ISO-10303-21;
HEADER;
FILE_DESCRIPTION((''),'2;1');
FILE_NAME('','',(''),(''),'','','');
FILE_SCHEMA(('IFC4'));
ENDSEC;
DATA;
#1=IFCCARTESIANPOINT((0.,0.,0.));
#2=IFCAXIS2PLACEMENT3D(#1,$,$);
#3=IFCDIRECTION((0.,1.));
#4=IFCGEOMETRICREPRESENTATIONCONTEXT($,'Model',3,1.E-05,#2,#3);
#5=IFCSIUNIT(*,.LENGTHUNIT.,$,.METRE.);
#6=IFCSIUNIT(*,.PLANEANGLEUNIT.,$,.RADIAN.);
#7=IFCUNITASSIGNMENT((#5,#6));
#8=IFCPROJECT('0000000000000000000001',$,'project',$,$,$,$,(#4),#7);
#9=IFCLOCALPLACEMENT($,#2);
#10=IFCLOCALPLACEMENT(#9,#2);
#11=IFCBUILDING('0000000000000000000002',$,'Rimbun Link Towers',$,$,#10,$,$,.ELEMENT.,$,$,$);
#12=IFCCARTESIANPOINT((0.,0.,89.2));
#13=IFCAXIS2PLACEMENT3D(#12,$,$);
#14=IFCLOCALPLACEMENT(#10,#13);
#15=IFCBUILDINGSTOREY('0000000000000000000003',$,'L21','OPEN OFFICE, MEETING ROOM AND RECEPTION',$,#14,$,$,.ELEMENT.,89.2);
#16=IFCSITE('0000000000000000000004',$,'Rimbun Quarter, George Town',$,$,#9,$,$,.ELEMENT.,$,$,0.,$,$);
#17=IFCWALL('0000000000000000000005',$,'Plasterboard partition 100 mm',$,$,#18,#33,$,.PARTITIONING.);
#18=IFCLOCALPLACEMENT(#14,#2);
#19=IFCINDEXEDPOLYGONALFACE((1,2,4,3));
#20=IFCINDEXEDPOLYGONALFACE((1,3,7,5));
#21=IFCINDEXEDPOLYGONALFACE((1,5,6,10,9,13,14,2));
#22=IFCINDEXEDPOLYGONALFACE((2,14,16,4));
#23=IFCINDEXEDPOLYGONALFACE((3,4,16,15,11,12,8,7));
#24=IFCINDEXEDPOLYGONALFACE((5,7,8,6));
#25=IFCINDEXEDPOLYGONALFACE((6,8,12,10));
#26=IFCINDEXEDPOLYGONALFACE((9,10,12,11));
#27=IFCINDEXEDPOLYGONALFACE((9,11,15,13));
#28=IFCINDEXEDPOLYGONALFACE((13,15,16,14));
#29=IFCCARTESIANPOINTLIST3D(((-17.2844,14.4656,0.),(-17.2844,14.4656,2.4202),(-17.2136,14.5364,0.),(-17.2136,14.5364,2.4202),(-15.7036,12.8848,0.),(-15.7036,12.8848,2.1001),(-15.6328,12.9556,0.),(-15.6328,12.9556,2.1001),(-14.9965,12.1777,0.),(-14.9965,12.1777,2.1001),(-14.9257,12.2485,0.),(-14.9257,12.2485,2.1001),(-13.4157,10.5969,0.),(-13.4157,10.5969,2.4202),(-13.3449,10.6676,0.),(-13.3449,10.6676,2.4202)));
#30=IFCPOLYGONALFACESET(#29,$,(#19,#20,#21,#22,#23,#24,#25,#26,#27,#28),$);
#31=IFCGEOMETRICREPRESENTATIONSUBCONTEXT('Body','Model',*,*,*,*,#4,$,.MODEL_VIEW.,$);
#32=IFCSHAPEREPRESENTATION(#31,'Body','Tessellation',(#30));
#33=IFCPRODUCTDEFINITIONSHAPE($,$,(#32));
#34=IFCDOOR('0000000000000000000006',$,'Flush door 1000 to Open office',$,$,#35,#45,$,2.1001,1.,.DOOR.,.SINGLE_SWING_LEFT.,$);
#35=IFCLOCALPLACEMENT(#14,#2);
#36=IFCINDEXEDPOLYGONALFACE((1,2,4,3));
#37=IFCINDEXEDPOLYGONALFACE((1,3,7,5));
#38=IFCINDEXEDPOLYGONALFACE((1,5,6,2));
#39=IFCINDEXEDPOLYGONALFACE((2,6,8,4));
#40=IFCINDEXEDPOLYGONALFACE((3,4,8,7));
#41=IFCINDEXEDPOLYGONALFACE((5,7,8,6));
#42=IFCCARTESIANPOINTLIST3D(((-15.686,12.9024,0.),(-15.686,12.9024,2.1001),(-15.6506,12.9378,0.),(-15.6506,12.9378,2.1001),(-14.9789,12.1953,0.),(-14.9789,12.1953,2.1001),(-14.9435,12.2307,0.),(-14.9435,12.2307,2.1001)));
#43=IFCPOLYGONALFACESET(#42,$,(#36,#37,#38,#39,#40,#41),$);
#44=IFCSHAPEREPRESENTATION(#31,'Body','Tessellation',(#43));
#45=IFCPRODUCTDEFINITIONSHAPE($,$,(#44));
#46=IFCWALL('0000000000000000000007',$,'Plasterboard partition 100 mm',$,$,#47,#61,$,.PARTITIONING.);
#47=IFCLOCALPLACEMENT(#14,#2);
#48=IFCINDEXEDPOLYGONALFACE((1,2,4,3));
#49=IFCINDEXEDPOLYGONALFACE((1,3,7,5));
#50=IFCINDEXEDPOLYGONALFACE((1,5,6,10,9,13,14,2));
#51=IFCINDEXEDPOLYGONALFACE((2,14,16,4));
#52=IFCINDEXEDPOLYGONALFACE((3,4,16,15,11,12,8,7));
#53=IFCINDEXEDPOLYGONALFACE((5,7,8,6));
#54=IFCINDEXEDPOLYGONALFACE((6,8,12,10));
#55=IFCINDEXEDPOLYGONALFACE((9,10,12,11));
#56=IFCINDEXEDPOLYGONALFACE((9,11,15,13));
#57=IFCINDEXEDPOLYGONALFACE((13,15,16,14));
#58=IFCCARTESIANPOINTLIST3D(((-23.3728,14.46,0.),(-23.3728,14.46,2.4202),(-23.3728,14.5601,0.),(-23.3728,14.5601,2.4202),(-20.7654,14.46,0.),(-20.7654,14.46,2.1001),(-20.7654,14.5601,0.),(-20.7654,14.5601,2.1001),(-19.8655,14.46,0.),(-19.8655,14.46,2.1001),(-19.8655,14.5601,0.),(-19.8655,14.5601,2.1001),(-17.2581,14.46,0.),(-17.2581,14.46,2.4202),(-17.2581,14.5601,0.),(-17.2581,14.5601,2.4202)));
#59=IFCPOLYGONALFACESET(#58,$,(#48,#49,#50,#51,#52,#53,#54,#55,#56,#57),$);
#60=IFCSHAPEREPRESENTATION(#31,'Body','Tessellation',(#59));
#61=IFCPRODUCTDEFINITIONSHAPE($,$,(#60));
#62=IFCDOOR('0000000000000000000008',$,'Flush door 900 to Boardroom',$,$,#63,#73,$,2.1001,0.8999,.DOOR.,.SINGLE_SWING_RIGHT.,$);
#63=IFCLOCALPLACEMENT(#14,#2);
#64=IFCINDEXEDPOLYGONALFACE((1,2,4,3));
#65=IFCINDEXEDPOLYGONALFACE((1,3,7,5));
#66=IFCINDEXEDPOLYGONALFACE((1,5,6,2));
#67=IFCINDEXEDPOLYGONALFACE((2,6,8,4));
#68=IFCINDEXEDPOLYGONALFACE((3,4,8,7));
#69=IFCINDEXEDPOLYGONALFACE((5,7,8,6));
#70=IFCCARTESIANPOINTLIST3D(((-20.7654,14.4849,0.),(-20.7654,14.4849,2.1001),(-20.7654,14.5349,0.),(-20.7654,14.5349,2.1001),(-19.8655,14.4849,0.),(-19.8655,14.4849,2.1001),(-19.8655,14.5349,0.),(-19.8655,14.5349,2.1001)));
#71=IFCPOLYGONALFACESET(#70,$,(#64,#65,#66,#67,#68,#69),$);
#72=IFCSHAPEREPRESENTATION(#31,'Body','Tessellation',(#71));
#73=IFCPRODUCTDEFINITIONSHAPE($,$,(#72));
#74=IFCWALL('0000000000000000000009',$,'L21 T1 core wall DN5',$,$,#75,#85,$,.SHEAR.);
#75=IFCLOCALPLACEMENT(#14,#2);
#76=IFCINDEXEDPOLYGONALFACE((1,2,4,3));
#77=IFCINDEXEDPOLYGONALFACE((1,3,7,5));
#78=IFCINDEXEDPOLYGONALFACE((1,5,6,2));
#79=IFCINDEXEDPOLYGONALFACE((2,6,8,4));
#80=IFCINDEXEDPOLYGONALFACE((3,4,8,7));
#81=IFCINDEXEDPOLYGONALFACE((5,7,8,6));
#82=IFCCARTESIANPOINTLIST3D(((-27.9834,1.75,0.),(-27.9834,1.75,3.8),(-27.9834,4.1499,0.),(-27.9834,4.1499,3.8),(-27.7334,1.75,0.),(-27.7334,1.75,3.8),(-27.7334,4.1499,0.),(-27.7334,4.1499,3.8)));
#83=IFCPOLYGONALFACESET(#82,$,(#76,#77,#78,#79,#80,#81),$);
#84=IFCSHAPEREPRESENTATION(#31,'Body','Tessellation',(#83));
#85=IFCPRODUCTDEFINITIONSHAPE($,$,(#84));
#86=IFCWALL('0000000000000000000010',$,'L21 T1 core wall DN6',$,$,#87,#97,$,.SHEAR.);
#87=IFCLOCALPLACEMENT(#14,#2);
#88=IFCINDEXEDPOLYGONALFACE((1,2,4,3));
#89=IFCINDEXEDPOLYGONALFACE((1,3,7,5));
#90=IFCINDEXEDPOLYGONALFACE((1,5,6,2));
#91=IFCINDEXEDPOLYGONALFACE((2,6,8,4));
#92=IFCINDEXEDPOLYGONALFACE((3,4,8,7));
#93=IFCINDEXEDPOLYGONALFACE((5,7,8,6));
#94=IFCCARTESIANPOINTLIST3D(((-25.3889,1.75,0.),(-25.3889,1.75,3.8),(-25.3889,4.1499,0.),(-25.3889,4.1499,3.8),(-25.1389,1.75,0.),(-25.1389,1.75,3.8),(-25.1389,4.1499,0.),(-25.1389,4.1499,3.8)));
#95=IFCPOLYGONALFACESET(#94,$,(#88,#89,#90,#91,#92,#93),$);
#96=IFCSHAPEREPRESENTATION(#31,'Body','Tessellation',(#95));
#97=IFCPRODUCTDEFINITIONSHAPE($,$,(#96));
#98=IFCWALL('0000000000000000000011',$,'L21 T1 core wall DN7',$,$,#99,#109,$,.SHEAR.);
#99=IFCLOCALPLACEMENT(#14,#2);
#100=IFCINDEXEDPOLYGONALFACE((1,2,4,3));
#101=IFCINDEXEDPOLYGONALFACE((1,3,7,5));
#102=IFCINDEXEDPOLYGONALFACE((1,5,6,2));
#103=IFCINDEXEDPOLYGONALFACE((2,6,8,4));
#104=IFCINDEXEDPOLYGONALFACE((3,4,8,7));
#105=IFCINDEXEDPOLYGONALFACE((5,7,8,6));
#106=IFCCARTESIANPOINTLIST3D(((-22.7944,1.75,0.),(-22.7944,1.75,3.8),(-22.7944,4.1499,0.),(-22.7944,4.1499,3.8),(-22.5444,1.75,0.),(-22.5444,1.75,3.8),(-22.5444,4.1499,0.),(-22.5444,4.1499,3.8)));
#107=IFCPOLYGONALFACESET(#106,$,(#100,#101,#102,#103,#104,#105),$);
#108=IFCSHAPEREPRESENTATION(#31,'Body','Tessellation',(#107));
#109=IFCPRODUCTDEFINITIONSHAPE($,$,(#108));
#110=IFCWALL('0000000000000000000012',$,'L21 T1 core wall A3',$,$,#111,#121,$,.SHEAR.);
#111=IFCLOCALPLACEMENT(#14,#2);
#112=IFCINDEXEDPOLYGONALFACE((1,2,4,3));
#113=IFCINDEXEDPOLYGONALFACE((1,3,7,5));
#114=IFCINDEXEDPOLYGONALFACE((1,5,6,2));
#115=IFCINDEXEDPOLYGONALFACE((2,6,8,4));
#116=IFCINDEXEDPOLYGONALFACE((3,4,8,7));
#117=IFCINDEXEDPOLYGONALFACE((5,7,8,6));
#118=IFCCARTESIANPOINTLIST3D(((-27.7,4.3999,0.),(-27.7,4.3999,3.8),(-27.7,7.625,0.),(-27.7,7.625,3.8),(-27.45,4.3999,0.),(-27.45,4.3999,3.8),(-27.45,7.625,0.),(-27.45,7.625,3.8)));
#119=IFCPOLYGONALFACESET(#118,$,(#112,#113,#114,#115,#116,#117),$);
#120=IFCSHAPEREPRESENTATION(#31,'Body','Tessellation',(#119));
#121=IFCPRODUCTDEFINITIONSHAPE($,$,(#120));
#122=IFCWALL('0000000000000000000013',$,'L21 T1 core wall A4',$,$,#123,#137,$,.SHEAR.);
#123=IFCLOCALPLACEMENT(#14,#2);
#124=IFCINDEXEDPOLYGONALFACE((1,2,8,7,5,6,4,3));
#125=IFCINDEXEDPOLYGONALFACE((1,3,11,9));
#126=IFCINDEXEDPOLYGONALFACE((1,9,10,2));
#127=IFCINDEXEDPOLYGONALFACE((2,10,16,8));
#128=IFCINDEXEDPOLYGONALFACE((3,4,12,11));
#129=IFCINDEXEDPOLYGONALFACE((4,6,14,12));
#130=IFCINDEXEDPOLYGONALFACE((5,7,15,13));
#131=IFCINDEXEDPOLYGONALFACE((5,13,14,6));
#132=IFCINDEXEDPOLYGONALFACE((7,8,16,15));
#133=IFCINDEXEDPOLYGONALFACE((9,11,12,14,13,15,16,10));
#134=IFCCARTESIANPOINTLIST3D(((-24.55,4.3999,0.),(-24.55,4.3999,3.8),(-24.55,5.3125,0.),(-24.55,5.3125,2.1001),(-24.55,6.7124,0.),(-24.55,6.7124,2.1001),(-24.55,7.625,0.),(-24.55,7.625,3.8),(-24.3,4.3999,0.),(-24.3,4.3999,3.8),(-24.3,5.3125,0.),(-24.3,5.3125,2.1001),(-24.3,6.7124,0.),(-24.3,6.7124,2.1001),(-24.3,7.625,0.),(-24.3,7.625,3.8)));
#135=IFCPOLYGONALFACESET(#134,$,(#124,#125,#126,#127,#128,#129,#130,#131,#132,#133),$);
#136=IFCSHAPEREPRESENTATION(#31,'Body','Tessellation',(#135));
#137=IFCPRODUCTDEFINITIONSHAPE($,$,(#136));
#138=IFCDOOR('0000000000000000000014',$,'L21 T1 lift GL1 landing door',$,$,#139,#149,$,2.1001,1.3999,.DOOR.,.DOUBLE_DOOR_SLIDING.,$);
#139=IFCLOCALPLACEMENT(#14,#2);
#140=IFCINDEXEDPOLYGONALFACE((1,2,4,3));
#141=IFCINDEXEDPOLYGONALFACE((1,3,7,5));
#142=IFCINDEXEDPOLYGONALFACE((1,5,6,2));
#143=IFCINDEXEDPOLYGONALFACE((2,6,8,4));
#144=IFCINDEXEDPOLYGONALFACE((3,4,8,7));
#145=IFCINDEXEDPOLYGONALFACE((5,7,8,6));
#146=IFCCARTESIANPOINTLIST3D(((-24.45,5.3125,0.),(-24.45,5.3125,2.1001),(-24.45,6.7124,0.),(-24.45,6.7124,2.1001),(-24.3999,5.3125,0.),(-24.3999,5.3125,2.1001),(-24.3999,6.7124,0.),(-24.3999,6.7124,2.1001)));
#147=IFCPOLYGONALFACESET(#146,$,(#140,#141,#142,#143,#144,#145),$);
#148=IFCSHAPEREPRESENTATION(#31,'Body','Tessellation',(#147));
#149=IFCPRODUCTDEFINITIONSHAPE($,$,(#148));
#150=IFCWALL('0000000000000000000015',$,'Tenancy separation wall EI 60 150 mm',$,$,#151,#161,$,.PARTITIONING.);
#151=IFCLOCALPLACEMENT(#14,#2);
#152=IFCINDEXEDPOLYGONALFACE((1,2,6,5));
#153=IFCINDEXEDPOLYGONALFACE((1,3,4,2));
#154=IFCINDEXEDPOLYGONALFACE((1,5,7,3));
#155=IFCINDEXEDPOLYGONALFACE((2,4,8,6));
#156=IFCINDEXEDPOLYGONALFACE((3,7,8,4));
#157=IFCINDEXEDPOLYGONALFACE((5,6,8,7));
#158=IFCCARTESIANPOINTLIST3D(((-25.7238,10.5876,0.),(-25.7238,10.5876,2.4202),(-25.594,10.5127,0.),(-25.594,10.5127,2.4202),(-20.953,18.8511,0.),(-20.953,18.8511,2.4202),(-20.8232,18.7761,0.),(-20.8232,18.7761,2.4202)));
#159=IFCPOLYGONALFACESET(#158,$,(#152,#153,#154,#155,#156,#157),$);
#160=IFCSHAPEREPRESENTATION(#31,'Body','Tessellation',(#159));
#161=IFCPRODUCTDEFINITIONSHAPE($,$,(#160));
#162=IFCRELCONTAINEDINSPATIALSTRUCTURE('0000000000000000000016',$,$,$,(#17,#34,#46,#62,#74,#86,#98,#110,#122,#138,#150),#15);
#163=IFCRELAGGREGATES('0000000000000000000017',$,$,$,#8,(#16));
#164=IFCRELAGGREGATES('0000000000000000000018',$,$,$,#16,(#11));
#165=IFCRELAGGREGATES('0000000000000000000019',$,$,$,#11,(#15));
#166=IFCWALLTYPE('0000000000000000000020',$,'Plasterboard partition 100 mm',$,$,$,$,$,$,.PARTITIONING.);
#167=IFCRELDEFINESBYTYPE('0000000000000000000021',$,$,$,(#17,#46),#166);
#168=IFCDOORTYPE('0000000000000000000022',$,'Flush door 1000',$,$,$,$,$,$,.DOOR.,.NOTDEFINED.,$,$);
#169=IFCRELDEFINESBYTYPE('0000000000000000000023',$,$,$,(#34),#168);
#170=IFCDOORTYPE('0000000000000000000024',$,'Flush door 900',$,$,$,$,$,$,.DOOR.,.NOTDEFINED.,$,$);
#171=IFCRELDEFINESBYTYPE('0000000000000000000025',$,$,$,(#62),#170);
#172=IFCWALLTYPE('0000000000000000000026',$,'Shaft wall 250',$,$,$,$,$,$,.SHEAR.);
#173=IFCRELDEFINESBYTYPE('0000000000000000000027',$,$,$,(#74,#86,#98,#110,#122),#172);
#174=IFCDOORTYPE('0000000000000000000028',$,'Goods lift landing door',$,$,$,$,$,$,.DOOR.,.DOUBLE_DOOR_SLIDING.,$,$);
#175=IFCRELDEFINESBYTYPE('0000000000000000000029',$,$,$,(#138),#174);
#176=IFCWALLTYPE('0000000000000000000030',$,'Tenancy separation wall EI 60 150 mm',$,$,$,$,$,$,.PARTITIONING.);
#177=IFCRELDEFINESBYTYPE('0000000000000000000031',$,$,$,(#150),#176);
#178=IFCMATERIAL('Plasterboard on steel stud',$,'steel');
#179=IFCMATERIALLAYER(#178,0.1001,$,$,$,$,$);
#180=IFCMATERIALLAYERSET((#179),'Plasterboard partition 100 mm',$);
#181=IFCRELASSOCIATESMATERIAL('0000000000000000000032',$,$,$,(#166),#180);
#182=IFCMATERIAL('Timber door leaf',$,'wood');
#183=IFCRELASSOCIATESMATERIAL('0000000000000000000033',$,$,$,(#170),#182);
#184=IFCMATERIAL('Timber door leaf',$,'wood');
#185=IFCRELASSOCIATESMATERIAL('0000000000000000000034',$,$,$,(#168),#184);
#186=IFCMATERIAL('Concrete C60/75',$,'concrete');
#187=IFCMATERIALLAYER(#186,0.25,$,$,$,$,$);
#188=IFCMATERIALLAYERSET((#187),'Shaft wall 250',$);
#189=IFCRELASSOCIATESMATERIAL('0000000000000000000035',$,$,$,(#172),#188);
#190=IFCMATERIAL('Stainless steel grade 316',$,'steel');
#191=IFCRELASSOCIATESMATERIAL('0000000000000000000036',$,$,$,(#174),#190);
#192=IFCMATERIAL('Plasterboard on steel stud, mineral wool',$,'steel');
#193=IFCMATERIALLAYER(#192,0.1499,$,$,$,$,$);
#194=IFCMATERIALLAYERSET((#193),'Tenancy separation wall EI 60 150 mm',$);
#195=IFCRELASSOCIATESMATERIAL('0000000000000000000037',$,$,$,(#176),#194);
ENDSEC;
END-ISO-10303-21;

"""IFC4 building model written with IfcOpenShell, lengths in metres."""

from ifc_helpers import new_model, si_unit, direction, frame, frame_2d, origin, place, context, subcontext, project, spatial, rectangle, extrude, material, layer, layer_set, type_object, element, fill, save


model = new_model("IFC4")

# Units and contexts
model_context = context("Model", 3, precision=1e-05, world=origin(), true_north=direction((0.0, 1.0)))
body_context = subcontext(model_context, "Body", "Model", "MODEL_VIEW")
ifc_project = project(units=[si_unit("LENGTHUNIT", "METRE"), si_unit("PLANEANGLEUNIT", "RADIAN")], contexts=[model_context])

# Site, building, storey
site_placement = place(None, origin())
site = spatial("IfcSite", under=ifc_project, at=site_placement, Name="Rimbun Quarter, George Town", CompositionType="ELEMENT", RefElevation=0.0)
building_placement = place(site_placement, origin())
building = spatial("IfcBuilding", under=site, at=building_placement, Name="Rimbun Link Towers", CompositionType="ELEMENT")
storey_placement = place(building_placement, frame((0.0, 0.0, 89.2)))
storey = spatial("IfcBuildingStorey", under=building, at=storey_placement, Name="L21", Description="OPEN OFFICE, MEETING ROOM AND RECEPTION", CompositionType="ELEMENT", Elevation=89.2)

# Walls, openings, doors
ifc_material_1 = material(Name="Plasterboard on steel stud", Category="steel")
ifc_layer_1 = layer(ifc_material_1, 0.1001)
ifc_layer_set_1 = layer_set([ifc_layer_1], Name="Plasterboard partition 100 mm")
wall_type_1 = type_object("IfcWallType", Name="Plasterboard partition 100 mm", PredefinedType="PARTITIONING", material=ifc_layer_set_1)
ifc_material_2 = material(Name="Timber door leaf", Category="wood")
door_type_1 = type_object("IfcDoorType", Name="Flush door 900", OperationType="NOTDEFINED", PredefinedType="DOOR", material=ifc_material_2)
wall_1_placement = place(storey_placement, frame((-17.249, 14.501, 0.0), z_axis=(0.0, 0.0, 1.0), x_axis=(0.707107, -0.707107, 0.0)))
wall_1 = element("IfcWall", 1, at=wall_1_placement, inside=storey, type_object=wall_type_1, Name="Plasterboard partition 100 mm", PredefinedType="PARTITIONING", context=body_context, shape_type="SweptSolid", body=[
    extrude(rectangle(XDim=5.4712, YDim=0.1001, at=frame_2d((2.7356, 0.0))), origin(), (0.0, 0.0, 1.0), 2.4202),
])
opening_1_placement = place(wall_1_placement, frame((2.2356, 0.0, 0.0)))
opening_1 = element("IfcOpeningElement", 2, at=opening_1_placement, cuts=wall_1, PredefinedType="OPENING", context=body_context, shape_type="SweptSolid", body=[
    extrude(rectangle(XDim=1.0, YDim=2.1001, at=frame_2d((0.5, 1.05))), frame((0.0, 0.0601, 0.0), z_axis=(0.0, -1.0, 0.0), x_axis=(1.0, 0.0, 0.0)), (0.0, 0.0, 1.0), 0.1201),
])
ifc_material_3 = material(Name="Timber door leaf", Category="wood")
door_type_2 = type_object("IfcDoorType", Name="Flush door 1000", OperationType="NOTDEFINED", PredefinedType="DOOR", material=ifc_material_3)
door_1_placement = place(opening_1_placement, origin())
door_1 = element("IfcDoor", 3, at=door_1_placement, inside=storey, type_object=door_type_2, Name="Flush door 1000 to Open office", OperationType="SINGLE_SWING_LEFT", OverallHeight=2.1001, OverallWidth=1.0, PredefinedType="DOOR", context=body_context, shape_type="SweptSolid", body=[
    extrude(rectangle(XDim=1.0, YDim=2.1001, at=frame_2d((0.5, 1.05))), frame((0.0, 0.0249, 0.0), z_axis=(0.0, -1.0, 0.0), x_axis=(1.0, 0.0, 0.0)), (0.0, 0.0, 1.0), 0.05),
])
fill(opening_1, door_1)
wall_2_placement = place(storey_placement, frame((-23.3728, 14.51, 0.0), z_axis=(0.0, 0.0, 1.0), x_axis=(1.0, 0.0, 0.0)))
wall_2 = element("IfcWall", 4, at=wall_2_placement, inside=storey, type_object=wall_type_1, Name="Plasterboard partition 100 mm", PredefinedType="PARTITIONING", context=body_context, shape_type="SweptSolid", body=[
    extrude(rectangle(XDim=6.1147, YDim=0.1001, at=frame_2d((3.0574, 0.0))), origin(), (0.0, 0.0, 1.0), 2.4202),
])
opening_2_placement = place(wall_2_placement, frame((2.6074, 0.0, 0.0)))
opening_2 = element("IfcOpeningElement", 5, at=opening_2_placement, cuts=wall_2, PredefinedType="OPENING", context=body_context, shape_type="SweptSolid", body=[
    extrude(rectangle(XDim=0.8999, YDim=2.1001, at=frame_2d((0.45, 1.05))), frame((0.0, 0.0601, 0.0), z_axis=(0.0, -1.0, 0.0), x_axis=(1.0, 0.0, 0.0)), (0.0, 0.0, 1.0), 0.1201),
])
door_2_placement = place(opening_2_placement, origin())
door_2 = element("IfcDoor", 6, at=door_2_placement, inside=storey, type_object=door_type_1, Name="Flush door 900 to Boardroom", OperationType="SINGLE_SWING_RIGHT", OverallHeight=2.1001, OverallWidth=0.8999, PredefinedType="DOOR", context=body_context, shape_type="SweptSolid", body=[
    extrude(rectangle(XDim=0.8999, YDim=2.1001, at=frame_2d((0.45, 1.05))), frame((0.0, 0.0249, 0.0), z_axis=(0.0, -1.0, 0.0), x_axis=(1.0, 0.0, 0.0)), (0.0, 0.0, 1.0), 0.05),
])
fill(opening_2, door_2)

# Walls
ifc_material_4 = material(Name="Concrete C60/75", Category="concrete")
ifc_layer_2 = layer(ifc_material_4, 0.25)
ifc_layer_set_2 = layer_set([ifc_layer_2], Name="Shaft wall 250")
wall_type_2 = type_object("IfcWallType", Name="Shaft wall 250", PredefinedType="SHEAR", material=ifc_layer_set_2)
for number, where, z_axis, x_axis, name in (
    (7, (-27.8584, 1.75, 0.0), (0.0, 0.0, 1.0), (0.0, 1.0, 0.0), "L21 T1 core wall DN5"),
    (8, (-25.2639, 1.75, 0.0), (0.0, 0.0, 1.0), (0.0, 1.0, 0.0), "L21 T1 core wall DN6"),
    (9, (-22.6694, 1.75, 0.0), (0.0, 0.0, 1.0), (0.0, 1.0, 0.0), "L21 T1 core wall DN7"),
):
    element("IfcWall", number, at=place(storey_placement, frame(where, z_axis=z_axis, x_axis=x_axis)), inside=storey, type_object=wall_type_2, Name=name, PredefinedType="SHEAR", context=body_context, shape_type="SweptSolid", body=[
        extrude(rectangle(XDim=2.3999, YDim=0.25, at=frame_2d((1.2, 0.0))), origin(), (0.0, 0.0, 1.0), 3.8),
    ])
wall_3_placement = place(storey_placement, frame((-27.575, 4.3999, 0.0), z_axis=(0.0, 0.0, 1.0), x_axis=(0.0, 1.0, 0.0)))
element("IfcWall", 10, at=wall_3_placement, inside=storey, type_object=wall_type_2, Name="L21 T1 core wall A3", PredefinedType="SHEAR", context=body_context, shape_type="SweptSolid", body=[
    extrude(rectangle(XDim=3.2251, YDim=0.25, at=frame_2d((1.6125, 0.0))), origin(), (0.0, 0.0, 1.0), 3.8),
])

# Wall, opening, door
wall_4_placement = place(storey_placement, frame((-24.425, 4.3999, 0.0), z_axis=(0.0, 0.0, 1.0), x_axis=(0.0, 1.0, 0.0)))
wall_4 = element("IfcWall", 11, at=wall_4_placement, inside=storey, type_object=wall_type_2, Name="L21 T1 core wall A4", PredefinedType="SHEAR", context=body_context, shape_type="SweptSolid", body=[
    extrude(rectangle(XDim=3.2251, YDim=0.25, at=frame_2d((1.6125, 0.0))), origin(), (0.0, 0.0, 1.0), 3.8),
])
opening_3_placement = place(wall_4_placement, frame((0.9126, 0.0, 0.0)))
opening_3 = element("IfcOpeningElement", 12, at=opening_3_placement, cuts=wall_4, PredefinedType="OPENING", context=body_context, shape_type="SweptSolid", body=[
    extrude(rectangle(XDim=1.3999, YDim=2.1001, at=frame_2d((0.7, 1.05))), frame((0.0, 0.135, 0.0), z_axis=(0.0, -1.0, 0.0), x_axis=(1.0, 0.0, 0.0)), (0.0, 0.0, 1.0), 0.27),
])
ifc_material_5 = material(Name="Stainless steel grade 316", Category="steel")
door_type_3 = type_object("IfcDoorType", Name="Goods lift landing door", OperationType="DOUBLE_DOOR_SLIDING", PredefinedType="DOOR", material=ifc_material_5)
door_3_placement = place(opening_3_placement, origin())
door_3 = element("IfcDoor", 13, at=door_3_placement, inside=storey, type_object=door_type_3, Name="L21 T1 lift GL1 landing door", OperationType="DOUBLE_DOOR_SLIDING", OverallHeight=2.1001, OverallWidth=1.3999, PredefinedType="DOOR", context=body_context, shape_type="SweptSolid", body=[
    extrude(rectangle(XDim=1.3999, YDim=2.1001, at=frame_2d((0.7, 1.05))), frame((0.0, 0.0249, 0.0), z_axis=(0.0, -1.0, 0.0), x_axis=(1.0, 0.0, 0.0)), (0.0, 0.0, 1.0), 0.05),
])
fill(opening_3, door_3)

# Wall
ifc_material_6 = material(Name="Plasterboard on steel stud, mineral wool", Category="steel")
ifc_layer_3 = layer(ifc_material_6, 0.1499)
ifc_layer_set_3 = layer_set([ifc_layer_3], Name="Tenancy separation wall EI 60 150 mm")
wall_type_3 = type_object("IfcWallType", Name="Tenancy separation wall EI 60 150 mm", PredefinedType="PARTITIONING", material=ifc_layer_set_3)
wall_5_placement = place(storey_placement, frame((-25.6589, 10.55, 0.0), z_axis=(0.0, 0.0, 1.0), x_axis=(0.499989, 0.866032, 0.0)))
element("IfcWall", 14, at=wall_5_placement, inside=storey, type_object=wall_type_3, Name="Tenancy separation wall EI 60 150 mm", PredefinedType="PARTITIONING", context=body_context, shape_type="SweptSolid", body=[
    extrude(rectangle(XDim=9.5417, YDim=0.1499, at=frame_2d((4.771, 0.0))), origin(), (0.0, 0.0, 1.0), 2.4202),
])

save(model, "model.ifc")
